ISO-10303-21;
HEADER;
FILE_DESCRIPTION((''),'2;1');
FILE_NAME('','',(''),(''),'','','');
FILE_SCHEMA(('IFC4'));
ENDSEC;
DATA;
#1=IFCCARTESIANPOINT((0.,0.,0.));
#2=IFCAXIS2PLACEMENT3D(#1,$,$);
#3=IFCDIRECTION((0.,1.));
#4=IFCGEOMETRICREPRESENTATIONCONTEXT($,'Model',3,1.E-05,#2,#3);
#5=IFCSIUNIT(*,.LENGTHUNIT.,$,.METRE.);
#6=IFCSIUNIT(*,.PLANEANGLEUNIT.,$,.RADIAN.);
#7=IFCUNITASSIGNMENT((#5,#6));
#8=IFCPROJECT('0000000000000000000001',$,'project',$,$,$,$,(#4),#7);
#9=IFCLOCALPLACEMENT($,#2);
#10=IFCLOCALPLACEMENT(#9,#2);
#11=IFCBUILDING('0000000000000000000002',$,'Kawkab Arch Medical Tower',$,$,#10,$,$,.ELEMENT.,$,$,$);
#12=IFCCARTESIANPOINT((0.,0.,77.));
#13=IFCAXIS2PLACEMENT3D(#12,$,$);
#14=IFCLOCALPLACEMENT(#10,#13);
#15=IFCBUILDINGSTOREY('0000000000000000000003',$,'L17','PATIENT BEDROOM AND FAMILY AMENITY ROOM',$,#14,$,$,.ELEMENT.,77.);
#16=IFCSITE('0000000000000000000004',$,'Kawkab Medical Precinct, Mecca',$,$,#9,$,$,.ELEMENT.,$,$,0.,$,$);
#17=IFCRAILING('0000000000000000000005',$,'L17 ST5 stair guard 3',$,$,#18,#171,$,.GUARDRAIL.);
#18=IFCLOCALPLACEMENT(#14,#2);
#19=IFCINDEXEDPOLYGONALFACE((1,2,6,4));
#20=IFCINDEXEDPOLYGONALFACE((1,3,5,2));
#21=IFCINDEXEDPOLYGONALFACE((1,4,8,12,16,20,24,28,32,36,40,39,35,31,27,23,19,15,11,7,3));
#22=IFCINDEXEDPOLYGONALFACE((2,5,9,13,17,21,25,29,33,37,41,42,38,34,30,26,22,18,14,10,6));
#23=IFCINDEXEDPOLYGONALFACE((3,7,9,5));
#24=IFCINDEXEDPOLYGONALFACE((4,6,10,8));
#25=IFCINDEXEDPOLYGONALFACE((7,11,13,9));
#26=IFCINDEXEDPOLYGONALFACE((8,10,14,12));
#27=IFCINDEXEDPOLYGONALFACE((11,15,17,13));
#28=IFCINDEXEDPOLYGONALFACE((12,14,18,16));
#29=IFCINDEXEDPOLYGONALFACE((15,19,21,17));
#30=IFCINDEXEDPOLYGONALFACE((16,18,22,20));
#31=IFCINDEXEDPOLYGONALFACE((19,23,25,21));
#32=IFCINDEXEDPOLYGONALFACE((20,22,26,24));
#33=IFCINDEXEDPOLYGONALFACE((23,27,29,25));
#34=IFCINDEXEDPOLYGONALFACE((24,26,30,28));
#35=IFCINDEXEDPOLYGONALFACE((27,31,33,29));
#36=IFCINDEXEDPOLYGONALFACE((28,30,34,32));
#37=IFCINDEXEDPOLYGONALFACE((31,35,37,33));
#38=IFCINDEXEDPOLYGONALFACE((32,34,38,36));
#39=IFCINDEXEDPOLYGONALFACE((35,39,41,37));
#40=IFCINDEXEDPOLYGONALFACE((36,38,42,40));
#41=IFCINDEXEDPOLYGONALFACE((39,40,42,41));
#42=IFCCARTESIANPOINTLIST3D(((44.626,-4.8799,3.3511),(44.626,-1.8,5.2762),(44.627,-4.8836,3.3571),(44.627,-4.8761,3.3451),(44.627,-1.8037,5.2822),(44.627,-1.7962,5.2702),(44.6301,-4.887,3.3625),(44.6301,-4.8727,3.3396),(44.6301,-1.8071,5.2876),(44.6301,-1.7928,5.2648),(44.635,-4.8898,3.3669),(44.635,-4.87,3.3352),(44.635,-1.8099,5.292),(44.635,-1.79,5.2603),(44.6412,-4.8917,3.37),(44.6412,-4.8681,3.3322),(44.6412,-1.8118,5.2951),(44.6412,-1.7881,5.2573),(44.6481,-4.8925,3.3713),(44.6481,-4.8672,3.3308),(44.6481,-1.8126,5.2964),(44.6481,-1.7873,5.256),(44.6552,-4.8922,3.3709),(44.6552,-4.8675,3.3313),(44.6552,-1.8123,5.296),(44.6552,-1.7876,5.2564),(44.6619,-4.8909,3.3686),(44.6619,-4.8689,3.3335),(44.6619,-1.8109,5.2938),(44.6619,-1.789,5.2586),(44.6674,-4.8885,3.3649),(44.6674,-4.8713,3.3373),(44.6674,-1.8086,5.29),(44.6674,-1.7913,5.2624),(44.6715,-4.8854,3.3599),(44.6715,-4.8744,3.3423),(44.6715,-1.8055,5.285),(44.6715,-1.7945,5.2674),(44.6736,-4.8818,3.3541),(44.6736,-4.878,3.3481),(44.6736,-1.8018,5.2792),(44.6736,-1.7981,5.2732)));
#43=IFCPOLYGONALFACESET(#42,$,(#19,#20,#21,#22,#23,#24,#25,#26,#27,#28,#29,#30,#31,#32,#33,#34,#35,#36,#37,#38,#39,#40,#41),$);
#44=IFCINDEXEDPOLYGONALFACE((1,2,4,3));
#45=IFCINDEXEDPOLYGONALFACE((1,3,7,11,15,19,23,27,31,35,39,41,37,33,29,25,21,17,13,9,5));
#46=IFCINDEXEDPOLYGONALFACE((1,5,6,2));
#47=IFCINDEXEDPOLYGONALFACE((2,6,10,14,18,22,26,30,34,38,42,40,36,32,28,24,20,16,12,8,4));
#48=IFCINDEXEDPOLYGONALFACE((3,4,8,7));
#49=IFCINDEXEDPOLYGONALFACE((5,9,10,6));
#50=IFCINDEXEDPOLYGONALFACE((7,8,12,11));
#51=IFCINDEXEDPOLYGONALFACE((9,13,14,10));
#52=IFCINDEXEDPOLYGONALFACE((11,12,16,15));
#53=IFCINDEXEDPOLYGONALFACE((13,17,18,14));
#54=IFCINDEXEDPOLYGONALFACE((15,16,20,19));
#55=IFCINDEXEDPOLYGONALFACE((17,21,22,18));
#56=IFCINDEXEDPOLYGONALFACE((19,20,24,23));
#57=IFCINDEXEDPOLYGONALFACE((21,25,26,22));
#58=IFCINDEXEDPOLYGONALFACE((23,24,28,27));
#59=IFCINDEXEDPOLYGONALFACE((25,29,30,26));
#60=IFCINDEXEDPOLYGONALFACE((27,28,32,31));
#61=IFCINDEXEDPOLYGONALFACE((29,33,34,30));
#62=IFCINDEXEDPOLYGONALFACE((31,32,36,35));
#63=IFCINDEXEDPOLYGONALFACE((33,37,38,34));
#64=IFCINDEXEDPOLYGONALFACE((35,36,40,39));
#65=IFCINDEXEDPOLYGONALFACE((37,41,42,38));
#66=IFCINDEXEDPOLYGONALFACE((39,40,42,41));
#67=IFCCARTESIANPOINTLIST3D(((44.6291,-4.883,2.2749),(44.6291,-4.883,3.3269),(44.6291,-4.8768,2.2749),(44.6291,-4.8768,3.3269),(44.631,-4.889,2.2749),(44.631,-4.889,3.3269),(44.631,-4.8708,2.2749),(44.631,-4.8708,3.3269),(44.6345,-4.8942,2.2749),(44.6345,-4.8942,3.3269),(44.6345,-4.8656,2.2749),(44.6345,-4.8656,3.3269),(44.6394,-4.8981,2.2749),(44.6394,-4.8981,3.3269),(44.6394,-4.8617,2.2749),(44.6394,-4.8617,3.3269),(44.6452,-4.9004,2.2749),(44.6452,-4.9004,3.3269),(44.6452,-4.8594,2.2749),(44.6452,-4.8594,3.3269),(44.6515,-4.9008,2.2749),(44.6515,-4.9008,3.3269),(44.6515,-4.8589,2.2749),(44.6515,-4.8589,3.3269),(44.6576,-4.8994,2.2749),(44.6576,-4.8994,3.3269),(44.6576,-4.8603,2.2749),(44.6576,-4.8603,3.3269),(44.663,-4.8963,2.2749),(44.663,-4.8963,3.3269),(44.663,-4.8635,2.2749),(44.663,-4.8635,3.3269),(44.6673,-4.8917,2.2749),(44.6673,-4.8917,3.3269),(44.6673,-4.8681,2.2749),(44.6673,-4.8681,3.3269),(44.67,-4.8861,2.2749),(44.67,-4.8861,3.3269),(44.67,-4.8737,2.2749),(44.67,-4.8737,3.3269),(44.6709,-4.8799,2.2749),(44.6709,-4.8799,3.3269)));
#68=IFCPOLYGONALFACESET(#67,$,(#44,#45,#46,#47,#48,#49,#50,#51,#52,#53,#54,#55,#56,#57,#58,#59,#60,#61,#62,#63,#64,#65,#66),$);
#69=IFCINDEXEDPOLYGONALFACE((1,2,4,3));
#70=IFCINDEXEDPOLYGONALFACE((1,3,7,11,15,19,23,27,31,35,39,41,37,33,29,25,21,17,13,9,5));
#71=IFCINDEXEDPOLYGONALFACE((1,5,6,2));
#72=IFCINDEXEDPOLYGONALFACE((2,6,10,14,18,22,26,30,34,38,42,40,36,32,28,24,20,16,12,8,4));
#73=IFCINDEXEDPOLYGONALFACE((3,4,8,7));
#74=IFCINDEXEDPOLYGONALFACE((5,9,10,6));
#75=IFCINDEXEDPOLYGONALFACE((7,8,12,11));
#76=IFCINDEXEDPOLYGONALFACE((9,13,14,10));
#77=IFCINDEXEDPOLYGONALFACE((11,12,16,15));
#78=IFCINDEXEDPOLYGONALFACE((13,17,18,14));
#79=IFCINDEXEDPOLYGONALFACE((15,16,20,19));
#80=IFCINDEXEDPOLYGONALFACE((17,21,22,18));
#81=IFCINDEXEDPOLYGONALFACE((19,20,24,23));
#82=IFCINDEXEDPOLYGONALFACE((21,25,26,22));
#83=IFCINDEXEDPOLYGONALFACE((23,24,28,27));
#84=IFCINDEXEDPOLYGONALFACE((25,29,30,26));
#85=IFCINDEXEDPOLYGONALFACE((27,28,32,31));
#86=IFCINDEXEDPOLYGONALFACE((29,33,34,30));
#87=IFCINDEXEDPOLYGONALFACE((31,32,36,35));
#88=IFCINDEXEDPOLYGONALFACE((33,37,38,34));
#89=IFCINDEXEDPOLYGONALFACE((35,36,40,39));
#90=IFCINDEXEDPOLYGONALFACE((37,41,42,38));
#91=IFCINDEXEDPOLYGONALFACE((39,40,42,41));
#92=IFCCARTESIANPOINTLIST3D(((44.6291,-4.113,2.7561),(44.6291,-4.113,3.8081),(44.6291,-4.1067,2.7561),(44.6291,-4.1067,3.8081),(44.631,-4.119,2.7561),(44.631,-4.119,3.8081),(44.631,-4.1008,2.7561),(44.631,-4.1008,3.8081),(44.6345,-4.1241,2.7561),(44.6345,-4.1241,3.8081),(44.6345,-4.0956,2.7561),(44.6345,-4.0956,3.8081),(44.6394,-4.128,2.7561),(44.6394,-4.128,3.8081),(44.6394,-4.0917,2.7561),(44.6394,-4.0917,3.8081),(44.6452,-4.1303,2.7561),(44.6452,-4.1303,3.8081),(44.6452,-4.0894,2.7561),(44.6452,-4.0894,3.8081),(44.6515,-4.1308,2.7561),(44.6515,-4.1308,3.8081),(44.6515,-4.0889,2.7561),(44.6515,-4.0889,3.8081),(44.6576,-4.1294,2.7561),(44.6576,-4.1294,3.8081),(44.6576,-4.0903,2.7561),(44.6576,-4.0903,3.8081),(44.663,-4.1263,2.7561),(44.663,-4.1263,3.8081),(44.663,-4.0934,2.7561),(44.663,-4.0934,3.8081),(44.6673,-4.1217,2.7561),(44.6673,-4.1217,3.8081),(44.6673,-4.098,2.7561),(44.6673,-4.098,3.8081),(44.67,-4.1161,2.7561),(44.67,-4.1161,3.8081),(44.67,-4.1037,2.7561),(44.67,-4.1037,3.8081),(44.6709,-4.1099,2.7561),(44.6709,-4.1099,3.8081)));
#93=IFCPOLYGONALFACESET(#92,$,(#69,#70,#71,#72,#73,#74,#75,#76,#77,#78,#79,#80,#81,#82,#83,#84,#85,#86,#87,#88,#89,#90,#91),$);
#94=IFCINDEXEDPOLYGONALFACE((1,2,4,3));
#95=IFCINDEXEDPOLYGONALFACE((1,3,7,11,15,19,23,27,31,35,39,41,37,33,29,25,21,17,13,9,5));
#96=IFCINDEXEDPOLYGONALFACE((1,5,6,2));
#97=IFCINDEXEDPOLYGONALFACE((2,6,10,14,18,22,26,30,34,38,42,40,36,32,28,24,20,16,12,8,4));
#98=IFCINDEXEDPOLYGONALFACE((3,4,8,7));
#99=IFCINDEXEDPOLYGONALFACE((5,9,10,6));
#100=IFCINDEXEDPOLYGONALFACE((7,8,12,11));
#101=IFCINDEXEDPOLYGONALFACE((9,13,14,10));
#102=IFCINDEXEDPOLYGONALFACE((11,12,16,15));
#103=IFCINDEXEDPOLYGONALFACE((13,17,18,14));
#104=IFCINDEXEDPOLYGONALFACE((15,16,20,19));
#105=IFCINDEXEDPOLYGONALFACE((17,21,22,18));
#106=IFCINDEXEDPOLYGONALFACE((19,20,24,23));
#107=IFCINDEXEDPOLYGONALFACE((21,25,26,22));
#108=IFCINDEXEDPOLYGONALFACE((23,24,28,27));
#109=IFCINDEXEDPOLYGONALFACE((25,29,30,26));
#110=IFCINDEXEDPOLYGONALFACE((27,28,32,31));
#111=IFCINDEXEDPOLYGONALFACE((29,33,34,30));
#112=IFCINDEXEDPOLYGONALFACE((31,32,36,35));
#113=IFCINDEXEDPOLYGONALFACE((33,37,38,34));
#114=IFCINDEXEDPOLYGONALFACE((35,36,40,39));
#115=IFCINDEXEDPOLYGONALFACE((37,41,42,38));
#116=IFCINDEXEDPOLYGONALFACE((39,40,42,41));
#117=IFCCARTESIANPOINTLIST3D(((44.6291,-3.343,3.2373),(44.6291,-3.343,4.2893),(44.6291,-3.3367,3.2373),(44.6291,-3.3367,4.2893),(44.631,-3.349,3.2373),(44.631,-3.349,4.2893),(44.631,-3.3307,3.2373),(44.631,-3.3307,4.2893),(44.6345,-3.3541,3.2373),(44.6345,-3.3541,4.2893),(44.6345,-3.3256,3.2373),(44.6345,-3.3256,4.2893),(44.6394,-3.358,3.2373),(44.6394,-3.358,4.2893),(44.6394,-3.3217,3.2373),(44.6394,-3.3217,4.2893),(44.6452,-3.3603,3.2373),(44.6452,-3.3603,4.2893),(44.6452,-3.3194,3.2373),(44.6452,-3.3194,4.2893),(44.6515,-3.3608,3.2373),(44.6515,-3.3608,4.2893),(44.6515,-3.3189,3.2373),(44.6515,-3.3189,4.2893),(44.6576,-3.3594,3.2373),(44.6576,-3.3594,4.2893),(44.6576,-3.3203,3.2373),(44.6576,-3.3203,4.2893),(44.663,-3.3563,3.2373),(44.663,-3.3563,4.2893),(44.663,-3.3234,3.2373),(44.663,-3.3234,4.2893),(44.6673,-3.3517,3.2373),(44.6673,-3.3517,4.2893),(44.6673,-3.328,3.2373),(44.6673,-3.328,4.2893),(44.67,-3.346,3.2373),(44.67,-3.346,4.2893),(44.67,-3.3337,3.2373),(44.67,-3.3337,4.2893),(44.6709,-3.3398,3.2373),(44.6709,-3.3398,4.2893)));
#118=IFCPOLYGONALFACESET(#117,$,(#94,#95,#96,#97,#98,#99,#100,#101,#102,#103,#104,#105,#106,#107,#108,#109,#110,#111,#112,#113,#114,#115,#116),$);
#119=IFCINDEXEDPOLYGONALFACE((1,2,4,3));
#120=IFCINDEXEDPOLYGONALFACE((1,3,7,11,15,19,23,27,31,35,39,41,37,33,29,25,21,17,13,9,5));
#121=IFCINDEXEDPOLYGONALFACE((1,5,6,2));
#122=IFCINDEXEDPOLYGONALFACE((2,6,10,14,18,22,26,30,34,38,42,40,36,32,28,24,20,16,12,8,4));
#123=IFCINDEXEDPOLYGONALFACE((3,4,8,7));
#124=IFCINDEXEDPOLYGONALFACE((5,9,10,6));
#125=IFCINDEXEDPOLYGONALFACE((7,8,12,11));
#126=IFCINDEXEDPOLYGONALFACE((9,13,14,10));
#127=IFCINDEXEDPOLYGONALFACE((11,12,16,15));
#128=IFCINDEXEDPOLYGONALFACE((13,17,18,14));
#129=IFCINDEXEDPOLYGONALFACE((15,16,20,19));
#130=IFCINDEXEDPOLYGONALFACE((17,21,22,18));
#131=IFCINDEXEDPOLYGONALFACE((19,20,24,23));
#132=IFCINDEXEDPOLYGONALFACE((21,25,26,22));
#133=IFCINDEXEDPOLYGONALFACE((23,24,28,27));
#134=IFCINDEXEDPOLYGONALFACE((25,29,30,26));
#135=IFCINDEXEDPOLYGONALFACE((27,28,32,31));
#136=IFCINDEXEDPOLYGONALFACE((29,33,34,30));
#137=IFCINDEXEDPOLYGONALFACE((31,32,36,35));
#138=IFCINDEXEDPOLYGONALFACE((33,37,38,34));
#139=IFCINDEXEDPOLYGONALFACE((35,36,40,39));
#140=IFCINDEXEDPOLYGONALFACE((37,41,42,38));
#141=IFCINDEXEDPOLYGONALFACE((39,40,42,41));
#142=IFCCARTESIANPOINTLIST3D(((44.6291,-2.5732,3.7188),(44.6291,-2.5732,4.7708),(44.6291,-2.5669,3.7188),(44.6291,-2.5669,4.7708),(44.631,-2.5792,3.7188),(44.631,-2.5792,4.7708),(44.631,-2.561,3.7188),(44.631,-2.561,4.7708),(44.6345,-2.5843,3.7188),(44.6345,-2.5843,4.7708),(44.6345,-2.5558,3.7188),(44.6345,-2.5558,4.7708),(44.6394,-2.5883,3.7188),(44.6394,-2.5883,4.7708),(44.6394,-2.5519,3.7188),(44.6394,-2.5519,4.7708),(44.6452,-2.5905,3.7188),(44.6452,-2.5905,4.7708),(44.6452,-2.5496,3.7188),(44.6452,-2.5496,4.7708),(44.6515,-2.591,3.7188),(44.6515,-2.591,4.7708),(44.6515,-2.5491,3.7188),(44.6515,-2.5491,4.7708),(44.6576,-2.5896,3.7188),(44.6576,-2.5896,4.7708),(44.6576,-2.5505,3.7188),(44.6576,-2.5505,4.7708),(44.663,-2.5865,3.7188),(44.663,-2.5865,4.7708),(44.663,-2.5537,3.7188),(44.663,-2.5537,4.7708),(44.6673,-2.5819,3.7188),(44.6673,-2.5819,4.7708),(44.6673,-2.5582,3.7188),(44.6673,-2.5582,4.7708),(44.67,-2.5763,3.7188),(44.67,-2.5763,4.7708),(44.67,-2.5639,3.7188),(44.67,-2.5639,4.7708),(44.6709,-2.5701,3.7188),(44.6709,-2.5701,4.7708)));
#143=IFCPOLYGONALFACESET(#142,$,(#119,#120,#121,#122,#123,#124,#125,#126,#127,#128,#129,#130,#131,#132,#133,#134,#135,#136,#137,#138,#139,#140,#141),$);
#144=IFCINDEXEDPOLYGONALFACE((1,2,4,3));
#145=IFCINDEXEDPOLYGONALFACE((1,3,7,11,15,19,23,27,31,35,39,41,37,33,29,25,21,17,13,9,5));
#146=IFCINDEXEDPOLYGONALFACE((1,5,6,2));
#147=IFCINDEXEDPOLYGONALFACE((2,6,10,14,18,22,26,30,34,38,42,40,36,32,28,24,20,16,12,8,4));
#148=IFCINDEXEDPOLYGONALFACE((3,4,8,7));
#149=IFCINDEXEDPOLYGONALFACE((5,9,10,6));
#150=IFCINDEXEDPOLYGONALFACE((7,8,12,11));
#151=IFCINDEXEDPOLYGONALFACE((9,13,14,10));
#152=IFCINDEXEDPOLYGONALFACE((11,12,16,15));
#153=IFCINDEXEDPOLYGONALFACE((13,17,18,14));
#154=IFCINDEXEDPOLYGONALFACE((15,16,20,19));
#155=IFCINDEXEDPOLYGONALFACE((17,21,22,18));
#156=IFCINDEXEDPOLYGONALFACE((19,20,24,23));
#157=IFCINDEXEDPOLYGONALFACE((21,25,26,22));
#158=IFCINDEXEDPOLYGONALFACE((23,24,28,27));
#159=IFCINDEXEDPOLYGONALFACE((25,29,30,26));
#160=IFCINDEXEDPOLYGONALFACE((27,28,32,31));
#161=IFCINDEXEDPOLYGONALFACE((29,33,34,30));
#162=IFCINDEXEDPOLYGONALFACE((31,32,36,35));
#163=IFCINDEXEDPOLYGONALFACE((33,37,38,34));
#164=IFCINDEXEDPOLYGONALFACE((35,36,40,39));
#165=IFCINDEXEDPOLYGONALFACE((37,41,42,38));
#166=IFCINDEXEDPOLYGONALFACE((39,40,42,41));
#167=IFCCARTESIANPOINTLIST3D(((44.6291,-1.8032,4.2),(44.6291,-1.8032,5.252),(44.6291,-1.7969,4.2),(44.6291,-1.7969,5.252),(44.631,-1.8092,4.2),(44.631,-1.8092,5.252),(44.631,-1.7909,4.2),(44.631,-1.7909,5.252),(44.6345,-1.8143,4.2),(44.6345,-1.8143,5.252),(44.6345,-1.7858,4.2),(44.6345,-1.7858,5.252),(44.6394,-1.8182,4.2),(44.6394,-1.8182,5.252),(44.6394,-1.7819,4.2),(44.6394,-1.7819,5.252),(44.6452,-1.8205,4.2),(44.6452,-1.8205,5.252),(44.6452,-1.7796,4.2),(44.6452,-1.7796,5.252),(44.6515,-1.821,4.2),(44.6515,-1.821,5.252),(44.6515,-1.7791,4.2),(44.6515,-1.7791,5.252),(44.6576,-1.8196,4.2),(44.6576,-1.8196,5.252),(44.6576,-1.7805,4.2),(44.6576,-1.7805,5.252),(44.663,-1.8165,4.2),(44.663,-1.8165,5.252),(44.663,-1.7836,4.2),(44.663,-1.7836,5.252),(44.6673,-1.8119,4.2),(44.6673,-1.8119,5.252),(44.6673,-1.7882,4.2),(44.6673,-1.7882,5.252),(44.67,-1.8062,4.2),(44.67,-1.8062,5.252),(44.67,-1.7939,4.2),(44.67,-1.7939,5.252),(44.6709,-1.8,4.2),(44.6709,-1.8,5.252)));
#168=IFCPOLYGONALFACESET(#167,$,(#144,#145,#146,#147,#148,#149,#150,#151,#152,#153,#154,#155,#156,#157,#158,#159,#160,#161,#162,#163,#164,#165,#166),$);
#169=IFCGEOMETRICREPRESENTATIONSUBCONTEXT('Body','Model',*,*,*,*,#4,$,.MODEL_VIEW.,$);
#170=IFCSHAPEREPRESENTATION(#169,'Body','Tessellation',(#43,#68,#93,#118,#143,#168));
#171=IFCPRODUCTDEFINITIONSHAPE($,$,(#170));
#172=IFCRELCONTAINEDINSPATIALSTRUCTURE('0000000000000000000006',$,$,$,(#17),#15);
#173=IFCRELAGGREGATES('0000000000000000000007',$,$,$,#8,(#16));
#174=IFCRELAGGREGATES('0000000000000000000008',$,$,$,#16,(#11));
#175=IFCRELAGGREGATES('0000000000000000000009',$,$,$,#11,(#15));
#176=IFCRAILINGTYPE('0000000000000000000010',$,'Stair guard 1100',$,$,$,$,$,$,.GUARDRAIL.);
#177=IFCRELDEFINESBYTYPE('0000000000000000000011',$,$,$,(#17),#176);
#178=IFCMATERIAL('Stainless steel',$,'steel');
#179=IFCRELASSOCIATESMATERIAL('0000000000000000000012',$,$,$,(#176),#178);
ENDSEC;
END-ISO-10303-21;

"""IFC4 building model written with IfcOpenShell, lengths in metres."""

from ifc_helpers import new_model, si_unit, direction, frame, origin, origin_2d, place, context, subcontext, project, spatial, circle, extrude, material, type_object, element, save


model = new_model("IFC4")

# Units and contexts
model_context = context("Model", 3, precision=1e-05, world=origin(), true_north=direction((0.0, 1.0)))
body_context = subcontext(model_context, "Body", "Model", "MODEL_VIEW")
ifc_project = project(units=[si_unit("LENGTHUNIT", "METRE"), si_unit("PLANEANGLEUNIT", "RADIAN")], contexts=[model_context])

# Site, building, storey
site_placement = place(None, origin())
site = spatial("IfcSite", under=ifc_project, at=site_placement, Name="Kawkab Medical Precinct, Mecca", CompositionType="ELEMENT", RefElevation=0.0)
building_placement = place(site_placement, origin())
building = spatial("IfcBuilding", under=site, at=building_placement, Name="Kawkab Arch Medical Tower", CompositionType="ELEMENT")
storey_placement = place(building_placement, frame((0.0, 0.0, 77.0)))
storey = spatial("IfcBuildingStorey", under=building, at=storey_placement, Name="L17", Description="PATIENT BEDROOM AND FAMILY AMENITY ROOM", CompositionType="ELEMENT", Elevation=77.0)

# Railing
ifc_material_1 = material(Name="Stainless steel", Category="steel")
railing_type = type_object("IfcRailingType", Name="Stair guard 1100", PredefinedType="GUARDRAIL", material=ifc_material_1)
railing_1_placement = place(storey_placement, frame((44.6499, -4.8799, 2.2749)))
element("IfcRailing", 1, at=railing_1_placement, inside=storey, type_object=railing_type, Name="L17 ST5 stair guard 3", PredefinedType="GUARDRAIL", context=body_context, shape_type="SweptSolid", body=[
    extrude(circle(Radius=0.0239, at=origin_2d()), frame((0.0, 0.0, 1.0762), z_axis=(0.0, 0.847979, 0.530029), x_axis=(-1.0, 0.0, 0.0)), (0.0, 0.0, 1.0), 3.6321),
    extrude(circle(Radius=0.021, at=origin_2d()), origin(), (0.0, 0.0, 1.0), 1.052),
    extrude(circle(Radius=0.021, at=origin_2d()), frame((0.0, 0.77, 0.4812)), (0.0, 0.0, 1.0), 1.052),
    extrude(circle(Radius=0.021, at=origin_2d()), frame((0.0, 1.54, 0.9624)), (0.0, 0.0, 1.0), 1.052),
    extrude(circle(Radius=0.021, at=origin_2d()), frame((0.0, 2.3098, 1.4438)), (0.0, 0.0, 1.0), 1.052),
    extrude(circle(Radius=0.021, at=origin_2d()), frame((0.0, 3.0798, 1.925)), (0.0, 0.0, 1.0), 1.052),
])

save(model, "model.ifc")
